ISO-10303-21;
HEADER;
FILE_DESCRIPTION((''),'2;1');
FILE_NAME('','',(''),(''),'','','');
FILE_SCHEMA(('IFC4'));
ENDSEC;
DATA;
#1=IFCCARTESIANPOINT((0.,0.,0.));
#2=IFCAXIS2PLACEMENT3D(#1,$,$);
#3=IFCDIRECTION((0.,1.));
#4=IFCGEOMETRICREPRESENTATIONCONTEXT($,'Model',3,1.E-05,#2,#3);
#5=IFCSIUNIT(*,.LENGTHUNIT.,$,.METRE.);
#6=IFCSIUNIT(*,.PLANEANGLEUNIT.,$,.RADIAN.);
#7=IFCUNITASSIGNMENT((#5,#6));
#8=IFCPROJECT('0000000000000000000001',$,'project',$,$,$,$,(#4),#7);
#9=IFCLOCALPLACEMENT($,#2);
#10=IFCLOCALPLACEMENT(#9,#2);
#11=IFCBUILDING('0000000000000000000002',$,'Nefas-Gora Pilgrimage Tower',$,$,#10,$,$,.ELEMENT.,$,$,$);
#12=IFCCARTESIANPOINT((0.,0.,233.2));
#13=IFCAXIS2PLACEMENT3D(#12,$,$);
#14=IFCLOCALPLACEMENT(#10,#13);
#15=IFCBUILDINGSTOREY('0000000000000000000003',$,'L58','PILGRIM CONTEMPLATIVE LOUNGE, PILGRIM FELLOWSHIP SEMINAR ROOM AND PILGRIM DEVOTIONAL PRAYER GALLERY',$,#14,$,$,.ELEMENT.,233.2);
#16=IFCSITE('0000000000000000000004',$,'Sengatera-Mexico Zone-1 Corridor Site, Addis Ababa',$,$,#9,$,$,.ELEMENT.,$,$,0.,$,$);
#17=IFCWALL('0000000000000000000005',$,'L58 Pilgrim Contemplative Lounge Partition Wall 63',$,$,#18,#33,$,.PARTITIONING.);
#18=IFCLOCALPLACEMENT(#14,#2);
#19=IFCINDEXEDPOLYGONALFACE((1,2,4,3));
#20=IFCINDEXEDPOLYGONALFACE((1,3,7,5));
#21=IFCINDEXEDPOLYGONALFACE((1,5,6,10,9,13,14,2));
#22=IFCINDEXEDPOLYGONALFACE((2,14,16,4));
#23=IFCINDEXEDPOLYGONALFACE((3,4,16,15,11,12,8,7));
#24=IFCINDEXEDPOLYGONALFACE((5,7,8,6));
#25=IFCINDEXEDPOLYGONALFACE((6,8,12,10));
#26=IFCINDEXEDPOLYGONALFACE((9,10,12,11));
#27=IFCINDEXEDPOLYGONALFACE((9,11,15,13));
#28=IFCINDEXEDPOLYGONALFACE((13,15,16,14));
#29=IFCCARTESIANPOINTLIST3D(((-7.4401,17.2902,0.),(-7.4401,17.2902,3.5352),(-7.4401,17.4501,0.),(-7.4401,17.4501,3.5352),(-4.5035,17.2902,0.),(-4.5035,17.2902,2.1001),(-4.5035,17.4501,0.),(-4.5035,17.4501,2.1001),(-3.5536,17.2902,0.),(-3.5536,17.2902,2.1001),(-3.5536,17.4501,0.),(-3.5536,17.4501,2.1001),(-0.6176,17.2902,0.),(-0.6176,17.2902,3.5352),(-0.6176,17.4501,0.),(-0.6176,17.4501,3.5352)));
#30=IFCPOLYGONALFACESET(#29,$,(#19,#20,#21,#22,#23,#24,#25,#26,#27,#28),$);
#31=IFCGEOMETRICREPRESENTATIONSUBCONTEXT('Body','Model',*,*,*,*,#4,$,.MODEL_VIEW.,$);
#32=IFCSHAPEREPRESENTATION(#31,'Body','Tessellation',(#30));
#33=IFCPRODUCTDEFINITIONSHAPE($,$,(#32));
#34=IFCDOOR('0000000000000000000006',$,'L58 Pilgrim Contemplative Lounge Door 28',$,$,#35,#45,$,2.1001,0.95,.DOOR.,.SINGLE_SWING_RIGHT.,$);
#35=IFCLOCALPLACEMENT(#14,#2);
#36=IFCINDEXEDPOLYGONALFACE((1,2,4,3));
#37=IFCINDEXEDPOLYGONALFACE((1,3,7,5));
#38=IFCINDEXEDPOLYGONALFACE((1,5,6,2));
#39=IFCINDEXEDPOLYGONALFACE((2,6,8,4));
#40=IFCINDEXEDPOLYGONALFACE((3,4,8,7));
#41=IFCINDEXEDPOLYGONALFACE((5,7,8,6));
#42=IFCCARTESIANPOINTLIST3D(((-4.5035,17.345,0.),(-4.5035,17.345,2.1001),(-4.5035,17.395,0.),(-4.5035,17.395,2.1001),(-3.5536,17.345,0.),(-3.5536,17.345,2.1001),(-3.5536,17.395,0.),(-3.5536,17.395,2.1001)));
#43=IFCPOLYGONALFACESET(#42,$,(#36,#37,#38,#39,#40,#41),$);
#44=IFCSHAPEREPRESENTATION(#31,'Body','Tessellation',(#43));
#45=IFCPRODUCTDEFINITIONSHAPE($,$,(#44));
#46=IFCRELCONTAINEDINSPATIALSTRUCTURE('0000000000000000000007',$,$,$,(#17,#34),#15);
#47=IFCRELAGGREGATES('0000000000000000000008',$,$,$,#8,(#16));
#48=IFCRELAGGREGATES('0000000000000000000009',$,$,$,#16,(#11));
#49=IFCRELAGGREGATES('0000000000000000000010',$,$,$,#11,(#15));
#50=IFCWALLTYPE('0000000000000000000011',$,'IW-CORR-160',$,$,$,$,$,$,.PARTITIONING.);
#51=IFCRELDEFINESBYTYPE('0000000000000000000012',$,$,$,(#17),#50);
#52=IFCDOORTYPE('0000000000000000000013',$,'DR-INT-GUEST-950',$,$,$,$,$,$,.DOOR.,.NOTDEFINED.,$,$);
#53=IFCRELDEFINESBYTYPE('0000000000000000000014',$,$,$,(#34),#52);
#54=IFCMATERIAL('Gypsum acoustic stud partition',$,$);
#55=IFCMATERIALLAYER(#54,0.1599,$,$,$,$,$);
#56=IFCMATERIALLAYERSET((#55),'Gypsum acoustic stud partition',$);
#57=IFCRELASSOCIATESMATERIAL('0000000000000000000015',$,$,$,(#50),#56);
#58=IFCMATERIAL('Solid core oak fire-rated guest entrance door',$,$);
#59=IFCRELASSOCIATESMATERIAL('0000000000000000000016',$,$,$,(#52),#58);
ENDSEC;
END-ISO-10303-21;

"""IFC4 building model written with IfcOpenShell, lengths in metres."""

from ifc_helpers import new_model, si_unit, direction, frame, frame_2d, origin, place, context, subcontext, project, spatial, rectangle, extrude, source, transform, mapped, material, layer, layer_set, type_object, element, fill, save


model = new_model("IFC4")

# Units and contexts
model_context = context("Model", 3, precision=1e-05, world=origin(), true_north=direction((0.0, 1.0)))
body_context = subcontext(model_context, "Body", "Model", "MODEL_VIEW")
ifc_project = project(units=[si_unit("LENGTHUNIT", "METRE"), si_unit("PLANEANGLEUNIT", "RADIAN")], contexts=[model_context])

# Site, building, storey
site_placement = place(None, origin())
site = spatial("IfcSite", under=ifc_project, at=site_placement, Name="Sengatera-Mexico Zone-1 Corridor Site, Addis Ababa", CompositionType="ELEMENT", RefElevation=0.0)
building_placement = place(site_placement, origin())
building = spatial("IfcBuilding", under=site, at=building_placement, Name="Nefas-Gora Pilgrimage Tower", CompositionType="ELEMENT")
storey_placement = place(building_placement, frame((0.0, 0.0, 233.2)))
storey = spatial("IfcBuildingStorey", under=building, at=storey_placement, Name="L58", Description="PILGRIM CONTEMPLATIVE LOUNGE, PILGRIM FELLOWSHIP SEMINAR ROOM AND PILGRIM DEVOTIONAL PRAYER GALLERY", CompositionType="ELEMENT", Elevation=233.2)

# Shared definitions
ifc_material_1 = material(Name="Gypsum acoustic stud partition")
ifc_layer_1 = layer(ifc_material_1, 0.1599)
ifc_layer_set_1 = layer_set([ifc_layer_1], Name="Gypsum acoustic stud partition")
wall_type_1 = type_object("IfcWallType", Name="IW-CORR-160", PredefinedType="PARTITIONING", material=ifc_layer_set_1)
ifc_material_2 = material(Name="Solid core oak fire-rated guest entrance door")
door_type_1 = type_object("IfcDoorType", Name="DR-INT-GUEST-950", OperationType="NOTDEFINED", PredefinedType="DOOR", material=ifc_material_2)
shared_shape_1 = source(origin(), body_context, "Body", "SweptSolid", [
    extrude(rectangle(XDim=0.95, YDim=2.1001, at=frame_2d((0.4751, 1.05))), frame((0.0, 0.0249, 0.0), z_axis=(0.0, -1.0, 0.0), x_axis=(1.0, 0.0, 0.0)), (0.0, 0.0, 1.0), 0.05),
])

# Wall, opening, door
shared_shape_2 = source(origin(), body_context, "Body", "SweptSolid", [
    extrude(rectangle(XDim=6.8225, YDim=0.1599, at=frame_2d((3.4111, 0.0))), origin(), (0.0, 0.0, 1.0), 3.5352),
])
wall_1_placement = place(storey_placement, frame((-7.4399, 17.3701, 0.0), z_axis=(0.0, 0.0, 1.0), x_axis=(1.0, 0.0, 0.0)))
wall_1 = element("IfcWall", 1, at=wall_1_placement, inside=storey, type_object=wall_type_1, Name="L58 Pilgrim Contemplative Lounge Partition Wall 63", PredefinedType="PARTITIONING", context=body_context, shape_type="MappedRepresentation", body=[
    mapped(shared_shape_2, transform((0.0, 0.0, 0.0), x_axis=(1.0, 0.0, 0.0), y_axis=(0.0, 1.0, 0.0), z_axis=(0.0, 0.0, 1.0), scale=1.0)),
])
opening_1_placement = place(wall_1_placement, frame((2.9363, 0.0, 0.0)))
opening_1 = element("IfcOpeningElement", 2, at=opening_1_placement, cuts=wall_1, PredefinedType="OPENING", context=body_context, shape_type="SweptSolid", body=[
    extrude(rectangle(XDim=0.95, YDim=2.1001, at=frame_2d((0.4751, 1.05))), frame((0.0, 0.0898, 0.0), z_axis=(0.0, -1.0, 0.0), x_axis=(1.0, 0.0, 0.0)), (0.0, 0.0, 1.0), 0.1799),
])
door_1_placement = place(opening_1_placement, origin())
door_1 = element("IfcDoor", 3, at=door_1_placement, inside=storey, type_object=door_type_1, Name="L58 Pilgrim Contemplative Lounge Door 28", OperationType="SINGLE_SWING_RIGHT", OverallHeight=2.1001, OverallWidth=0.95, PredefinedType="DOOR", context=body_context, shape_type="MappedRepresentation", body=[
    mapped(shared_shape_1, transform((0.0, 0.0, 0.0), x_axis=(1.0, 0.0, 0.0), y_axis=(0.0, 1.0, 0.0), z_axis=(0.0, 0.0, 1.0), scale=1.0)),
])
fill(opening_1, door_1)

save(model, "model.ifc")
